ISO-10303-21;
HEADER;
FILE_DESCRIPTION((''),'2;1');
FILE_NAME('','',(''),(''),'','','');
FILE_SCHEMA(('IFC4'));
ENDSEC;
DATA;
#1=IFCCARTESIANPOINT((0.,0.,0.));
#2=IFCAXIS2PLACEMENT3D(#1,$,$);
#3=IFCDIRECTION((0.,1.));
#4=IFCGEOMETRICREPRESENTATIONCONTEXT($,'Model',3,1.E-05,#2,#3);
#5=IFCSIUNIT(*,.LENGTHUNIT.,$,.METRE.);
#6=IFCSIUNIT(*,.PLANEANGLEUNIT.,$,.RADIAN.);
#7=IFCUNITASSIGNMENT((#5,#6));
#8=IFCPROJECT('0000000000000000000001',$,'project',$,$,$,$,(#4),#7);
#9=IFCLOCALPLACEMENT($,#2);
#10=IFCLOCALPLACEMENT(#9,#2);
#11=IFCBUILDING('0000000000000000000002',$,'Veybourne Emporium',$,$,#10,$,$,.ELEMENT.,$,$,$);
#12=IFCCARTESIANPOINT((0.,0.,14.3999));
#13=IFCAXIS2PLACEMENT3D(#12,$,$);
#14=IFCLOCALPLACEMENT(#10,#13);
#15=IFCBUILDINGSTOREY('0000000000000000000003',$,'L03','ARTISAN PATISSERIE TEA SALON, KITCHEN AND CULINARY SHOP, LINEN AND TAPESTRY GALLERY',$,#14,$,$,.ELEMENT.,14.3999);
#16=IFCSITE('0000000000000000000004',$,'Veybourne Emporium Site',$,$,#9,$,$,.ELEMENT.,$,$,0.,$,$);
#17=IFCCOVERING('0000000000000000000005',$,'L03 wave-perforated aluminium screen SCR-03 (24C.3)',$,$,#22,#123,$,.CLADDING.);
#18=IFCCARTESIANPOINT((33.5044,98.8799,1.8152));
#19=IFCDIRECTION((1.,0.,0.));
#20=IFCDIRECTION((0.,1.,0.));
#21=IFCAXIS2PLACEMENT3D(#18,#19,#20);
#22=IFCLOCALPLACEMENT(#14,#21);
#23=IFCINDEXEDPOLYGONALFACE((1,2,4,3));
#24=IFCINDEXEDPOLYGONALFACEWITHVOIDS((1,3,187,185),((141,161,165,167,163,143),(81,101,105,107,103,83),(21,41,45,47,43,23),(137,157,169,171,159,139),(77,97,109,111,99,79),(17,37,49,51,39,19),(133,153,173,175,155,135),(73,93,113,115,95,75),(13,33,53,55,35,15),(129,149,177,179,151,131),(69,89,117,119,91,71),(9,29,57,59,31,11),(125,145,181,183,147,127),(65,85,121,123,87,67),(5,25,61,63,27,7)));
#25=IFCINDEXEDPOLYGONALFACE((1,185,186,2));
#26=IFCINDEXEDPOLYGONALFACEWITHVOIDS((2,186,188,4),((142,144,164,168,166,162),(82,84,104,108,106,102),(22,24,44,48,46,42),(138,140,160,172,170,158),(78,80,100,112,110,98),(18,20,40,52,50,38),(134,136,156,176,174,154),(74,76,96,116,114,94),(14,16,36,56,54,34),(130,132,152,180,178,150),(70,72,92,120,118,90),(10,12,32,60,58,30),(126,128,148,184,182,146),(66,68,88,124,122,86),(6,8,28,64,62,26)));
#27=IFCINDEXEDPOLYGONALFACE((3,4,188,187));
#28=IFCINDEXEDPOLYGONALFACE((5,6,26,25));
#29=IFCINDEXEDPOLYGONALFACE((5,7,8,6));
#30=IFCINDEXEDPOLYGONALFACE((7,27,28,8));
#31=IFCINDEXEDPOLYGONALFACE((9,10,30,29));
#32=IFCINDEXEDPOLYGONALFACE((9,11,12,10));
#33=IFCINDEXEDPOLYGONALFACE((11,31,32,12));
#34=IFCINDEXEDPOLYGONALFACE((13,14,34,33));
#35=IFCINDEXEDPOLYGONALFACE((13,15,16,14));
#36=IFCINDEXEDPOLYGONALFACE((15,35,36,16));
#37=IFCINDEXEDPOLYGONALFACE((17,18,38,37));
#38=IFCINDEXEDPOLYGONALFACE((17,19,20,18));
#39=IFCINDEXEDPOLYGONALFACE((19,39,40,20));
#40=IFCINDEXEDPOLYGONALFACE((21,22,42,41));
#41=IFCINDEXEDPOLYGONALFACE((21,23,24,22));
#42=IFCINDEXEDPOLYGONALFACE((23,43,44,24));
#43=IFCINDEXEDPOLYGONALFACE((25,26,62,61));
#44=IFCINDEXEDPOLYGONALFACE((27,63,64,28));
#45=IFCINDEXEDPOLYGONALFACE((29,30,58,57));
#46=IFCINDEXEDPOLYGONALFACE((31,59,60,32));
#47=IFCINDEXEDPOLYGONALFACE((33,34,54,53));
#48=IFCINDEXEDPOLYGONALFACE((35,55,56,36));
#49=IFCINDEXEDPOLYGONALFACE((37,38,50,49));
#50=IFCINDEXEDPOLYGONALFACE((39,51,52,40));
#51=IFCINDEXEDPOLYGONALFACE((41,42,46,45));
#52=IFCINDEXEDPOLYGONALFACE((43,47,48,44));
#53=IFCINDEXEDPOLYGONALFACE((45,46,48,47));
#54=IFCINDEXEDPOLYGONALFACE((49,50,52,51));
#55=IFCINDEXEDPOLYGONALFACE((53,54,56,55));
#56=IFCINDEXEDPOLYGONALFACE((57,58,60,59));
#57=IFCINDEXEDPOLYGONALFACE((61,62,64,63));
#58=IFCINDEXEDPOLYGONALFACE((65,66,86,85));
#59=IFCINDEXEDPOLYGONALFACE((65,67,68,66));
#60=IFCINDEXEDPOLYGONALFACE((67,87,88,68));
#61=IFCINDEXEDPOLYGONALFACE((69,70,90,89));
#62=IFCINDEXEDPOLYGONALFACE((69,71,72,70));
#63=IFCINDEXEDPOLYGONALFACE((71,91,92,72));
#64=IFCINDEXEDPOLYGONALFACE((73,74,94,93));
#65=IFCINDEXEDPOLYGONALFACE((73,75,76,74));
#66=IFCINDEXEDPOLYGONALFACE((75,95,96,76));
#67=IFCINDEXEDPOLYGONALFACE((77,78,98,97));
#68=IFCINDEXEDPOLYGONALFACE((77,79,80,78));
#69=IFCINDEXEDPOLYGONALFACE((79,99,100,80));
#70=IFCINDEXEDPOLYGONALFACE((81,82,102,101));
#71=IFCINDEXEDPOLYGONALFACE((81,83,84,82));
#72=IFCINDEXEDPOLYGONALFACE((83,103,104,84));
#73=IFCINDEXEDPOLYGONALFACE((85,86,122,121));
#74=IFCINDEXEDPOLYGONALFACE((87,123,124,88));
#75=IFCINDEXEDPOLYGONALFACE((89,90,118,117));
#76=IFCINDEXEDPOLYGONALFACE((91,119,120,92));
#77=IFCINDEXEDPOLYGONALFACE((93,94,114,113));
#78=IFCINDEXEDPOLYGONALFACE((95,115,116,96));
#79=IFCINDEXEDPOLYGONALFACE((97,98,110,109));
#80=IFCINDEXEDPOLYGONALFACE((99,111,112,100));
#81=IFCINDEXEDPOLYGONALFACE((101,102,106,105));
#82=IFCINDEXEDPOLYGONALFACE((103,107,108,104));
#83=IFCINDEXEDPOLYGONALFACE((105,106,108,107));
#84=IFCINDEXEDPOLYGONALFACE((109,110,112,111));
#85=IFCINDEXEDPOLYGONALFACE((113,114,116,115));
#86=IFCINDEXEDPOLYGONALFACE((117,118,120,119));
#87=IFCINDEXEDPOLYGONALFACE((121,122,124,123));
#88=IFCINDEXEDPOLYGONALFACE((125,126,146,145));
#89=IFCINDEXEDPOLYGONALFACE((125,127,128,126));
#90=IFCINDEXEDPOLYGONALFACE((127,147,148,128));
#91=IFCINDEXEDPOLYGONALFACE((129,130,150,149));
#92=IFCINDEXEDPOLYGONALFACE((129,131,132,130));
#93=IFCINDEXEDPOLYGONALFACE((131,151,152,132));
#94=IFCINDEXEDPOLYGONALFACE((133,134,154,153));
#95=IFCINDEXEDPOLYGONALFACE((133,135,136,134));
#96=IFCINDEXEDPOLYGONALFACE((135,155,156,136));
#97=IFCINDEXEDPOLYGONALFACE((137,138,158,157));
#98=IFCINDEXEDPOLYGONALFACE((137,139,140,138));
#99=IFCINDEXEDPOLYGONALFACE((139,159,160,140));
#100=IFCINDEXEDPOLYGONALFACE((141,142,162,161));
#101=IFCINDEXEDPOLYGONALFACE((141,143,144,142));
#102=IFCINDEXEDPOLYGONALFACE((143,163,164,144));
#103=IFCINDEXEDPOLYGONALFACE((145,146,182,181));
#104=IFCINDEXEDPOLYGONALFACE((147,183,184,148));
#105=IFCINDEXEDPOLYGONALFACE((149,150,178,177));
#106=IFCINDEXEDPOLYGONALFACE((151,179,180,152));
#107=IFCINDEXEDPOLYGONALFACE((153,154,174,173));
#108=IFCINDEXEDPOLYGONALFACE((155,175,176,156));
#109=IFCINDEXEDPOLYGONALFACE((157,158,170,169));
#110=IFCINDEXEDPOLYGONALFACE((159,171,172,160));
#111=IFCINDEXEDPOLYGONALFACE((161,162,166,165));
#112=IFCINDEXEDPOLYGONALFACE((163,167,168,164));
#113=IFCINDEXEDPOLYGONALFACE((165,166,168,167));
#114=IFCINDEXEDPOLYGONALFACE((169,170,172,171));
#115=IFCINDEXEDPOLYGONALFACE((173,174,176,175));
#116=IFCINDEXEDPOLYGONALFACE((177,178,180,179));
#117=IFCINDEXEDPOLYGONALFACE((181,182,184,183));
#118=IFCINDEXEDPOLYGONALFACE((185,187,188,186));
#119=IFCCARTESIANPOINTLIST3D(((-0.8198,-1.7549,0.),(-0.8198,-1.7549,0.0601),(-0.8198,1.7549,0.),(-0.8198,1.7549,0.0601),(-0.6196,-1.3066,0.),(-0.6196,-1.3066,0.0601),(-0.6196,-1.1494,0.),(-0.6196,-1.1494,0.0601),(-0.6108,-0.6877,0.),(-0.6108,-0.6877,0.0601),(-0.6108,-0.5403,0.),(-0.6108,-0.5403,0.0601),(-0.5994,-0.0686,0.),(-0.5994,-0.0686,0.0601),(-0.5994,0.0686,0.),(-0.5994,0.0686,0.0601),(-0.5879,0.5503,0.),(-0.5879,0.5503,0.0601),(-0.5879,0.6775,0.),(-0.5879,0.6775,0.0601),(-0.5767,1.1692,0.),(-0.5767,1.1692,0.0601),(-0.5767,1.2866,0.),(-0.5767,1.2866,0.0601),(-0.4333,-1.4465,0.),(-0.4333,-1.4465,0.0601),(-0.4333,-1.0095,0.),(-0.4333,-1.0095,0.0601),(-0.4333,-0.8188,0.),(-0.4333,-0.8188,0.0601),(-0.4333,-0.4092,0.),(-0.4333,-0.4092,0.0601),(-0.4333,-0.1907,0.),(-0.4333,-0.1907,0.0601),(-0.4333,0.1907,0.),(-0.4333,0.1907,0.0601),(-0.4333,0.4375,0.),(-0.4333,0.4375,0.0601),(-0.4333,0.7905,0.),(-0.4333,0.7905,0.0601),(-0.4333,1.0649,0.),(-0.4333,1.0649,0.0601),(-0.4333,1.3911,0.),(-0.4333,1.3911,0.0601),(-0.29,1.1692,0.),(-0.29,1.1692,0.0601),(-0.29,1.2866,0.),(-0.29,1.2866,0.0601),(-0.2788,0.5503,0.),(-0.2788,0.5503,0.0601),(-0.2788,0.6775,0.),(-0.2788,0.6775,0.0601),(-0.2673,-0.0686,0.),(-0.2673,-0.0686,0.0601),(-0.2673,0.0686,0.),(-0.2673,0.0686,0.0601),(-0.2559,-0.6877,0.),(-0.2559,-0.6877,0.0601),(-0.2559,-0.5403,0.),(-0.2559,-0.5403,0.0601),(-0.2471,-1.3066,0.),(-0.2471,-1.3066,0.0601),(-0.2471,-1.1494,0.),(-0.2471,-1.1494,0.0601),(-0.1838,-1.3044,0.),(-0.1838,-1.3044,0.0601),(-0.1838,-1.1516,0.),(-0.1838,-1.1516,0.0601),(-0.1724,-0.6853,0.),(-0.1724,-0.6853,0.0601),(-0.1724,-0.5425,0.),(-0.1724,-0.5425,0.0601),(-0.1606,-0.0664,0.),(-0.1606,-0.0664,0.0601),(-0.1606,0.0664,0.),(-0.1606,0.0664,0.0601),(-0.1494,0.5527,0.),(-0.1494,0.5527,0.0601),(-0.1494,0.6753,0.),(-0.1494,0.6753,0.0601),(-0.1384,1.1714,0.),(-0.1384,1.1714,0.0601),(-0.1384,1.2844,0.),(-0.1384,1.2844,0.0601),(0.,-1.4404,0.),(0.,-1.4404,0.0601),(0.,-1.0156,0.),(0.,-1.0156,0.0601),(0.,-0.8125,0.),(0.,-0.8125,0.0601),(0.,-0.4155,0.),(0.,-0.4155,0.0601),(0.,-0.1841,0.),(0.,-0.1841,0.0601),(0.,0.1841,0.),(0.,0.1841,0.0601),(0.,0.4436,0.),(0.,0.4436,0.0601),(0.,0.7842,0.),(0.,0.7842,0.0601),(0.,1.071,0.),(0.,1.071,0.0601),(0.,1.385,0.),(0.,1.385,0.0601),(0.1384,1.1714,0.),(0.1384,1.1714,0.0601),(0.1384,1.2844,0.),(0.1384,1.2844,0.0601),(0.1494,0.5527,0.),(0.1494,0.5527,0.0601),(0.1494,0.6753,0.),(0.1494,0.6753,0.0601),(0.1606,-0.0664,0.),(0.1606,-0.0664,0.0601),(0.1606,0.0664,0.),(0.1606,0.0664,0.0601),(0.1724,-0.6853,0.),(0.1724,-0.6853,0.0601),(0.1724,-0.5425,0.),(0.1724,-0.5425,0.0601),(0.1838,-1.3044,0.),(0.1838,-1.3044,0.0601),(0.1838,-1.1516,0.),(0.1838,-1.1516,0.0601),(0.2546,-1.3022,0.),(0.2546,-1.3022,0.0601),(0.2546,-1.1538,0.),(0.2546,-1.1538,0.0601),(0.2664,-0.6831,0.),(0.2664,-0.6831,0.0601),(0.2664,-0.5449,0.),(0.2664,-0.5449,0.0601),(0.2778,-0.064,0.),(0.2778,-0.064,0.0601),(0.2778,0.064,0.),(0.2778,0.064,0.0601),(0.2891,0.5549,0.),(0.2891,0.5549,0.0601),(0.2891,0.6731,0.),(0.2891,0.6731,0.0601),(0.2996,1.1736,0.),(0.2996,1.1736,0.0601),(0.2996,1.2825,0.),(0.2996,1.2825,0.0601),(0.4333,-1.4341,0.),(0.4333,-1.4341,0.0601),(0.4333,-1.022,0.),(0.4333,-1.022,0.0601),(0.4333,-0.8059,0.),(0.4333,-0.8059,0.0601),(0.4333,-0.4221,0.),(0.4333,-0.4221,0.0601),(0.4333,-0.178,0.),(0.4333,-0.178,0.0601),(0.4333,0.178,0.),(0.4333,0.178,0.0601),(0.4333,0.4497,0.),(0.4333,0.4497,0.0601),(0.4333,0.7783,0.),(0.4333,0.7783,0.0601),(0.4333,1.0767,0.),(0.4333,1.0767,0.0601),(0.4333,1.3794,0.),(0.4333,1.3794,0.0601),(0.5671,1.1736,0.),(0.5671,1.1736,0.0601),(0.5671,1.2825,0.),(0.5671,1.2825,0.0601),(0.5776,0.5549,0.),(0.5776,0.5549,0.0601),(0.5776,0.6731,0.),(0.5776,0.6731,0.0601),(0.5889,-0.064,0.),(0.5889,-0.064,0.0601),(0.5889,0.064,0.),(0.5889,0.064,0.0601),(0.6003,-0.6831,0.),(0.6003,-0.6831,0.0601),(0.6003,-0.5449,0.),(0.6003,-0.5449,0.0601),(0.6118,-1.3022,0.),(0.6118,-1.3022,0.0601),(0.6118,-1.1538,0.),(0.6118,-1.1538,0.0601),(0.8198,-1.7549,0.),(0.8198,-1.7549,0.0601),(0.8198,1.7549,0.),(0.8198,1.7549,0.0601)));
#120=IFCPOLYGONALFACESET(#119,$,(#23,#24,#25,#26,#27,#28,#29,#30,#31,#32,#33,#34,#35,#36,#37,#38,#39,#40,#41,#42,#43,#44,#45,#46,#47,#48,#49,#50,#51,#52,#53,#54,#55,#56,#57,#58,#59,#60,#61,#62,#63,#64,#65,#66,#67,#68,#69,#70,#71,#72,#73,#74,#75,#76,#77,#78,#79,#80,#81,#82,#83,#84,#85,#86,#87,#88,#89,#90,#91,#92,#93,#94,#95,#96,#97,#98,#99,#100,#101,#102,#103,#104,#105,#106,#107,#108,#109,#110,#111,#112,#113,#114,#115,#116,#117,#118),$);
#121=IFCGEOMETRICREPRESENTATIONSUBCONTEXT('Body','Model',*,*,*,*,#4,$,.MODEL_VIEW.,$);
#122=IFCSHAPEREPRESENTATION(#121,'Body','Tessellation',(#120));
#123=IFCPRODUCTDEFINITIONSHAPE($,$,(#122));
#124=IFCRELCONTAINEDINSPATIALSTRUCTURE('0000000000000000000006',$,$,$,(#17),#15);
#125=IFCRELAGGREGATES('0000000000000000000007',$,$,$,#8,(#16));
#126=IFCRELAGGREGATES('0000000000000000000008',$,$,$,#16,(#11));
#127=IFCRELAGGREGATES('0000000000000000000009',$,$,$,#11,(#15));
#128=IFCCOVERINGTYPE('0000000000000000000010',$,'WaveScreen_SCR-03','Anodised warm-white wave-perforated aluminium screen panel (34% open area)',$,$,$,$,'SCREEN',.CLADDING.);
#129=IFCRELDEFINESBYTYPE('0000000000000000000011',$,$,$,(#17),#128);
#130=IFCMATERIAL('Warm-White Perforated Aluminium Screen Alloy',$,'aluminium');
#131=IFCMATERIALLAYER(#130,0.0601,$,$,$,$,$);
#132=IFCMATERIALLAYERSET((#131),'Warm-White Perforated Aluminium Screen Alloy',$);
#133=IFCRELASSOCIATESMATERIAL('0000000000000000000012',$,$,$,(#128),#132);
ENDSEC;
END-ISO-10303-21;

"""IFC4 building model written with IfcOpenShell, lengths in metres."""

from ifc_helpers import new_model, si_unit, direction, frame, origin, place, context, subcontext, project, spatial, polyline, outline, extrude, material, layer, layer_set, type_object, element, save


model = new_model("IFC4")

# Units and contexts
model_context = context("Model", 3, precision=1e-05, world=origin(), true_north=direction((0.0, 1.0)))
body_context = subcontext(model_context, "Body", "Model", "MODEL_VIEW")
ifc_project = project(units=[si_unit("LENGTHUNIT", "METRE"), si_unit("PLANEANGLEUNIT", "RADIAN")], contexts=[model_context])

# Site, building, storey
site_placement = place(None, origin())
site = spatial("IfcSite", under=ifc_project, at=site_placement, Name="Veybourne Emporium Site", CompositionType="ELEMENT", RefElevation=0.0)
building_placement = place(site_placement, origin())
building = spatial("IfcBuilding", under=site, at=building_placement, Name="Veybourne Emporium", CompositionType="ELEMENT")
storey_placement = place(building_placement, frame((0.0, 0.0, 14.3999)))
storey = spatial("IfcBuildingStorey", under=building, at=storey_placement, Name="L03", Description="ARTISAN PATISSERIE TEA SALON, KITCHEN AND CULINARY SHOP, LINEN AND TAPESTRY GALLERY", CompositionType="ELEMENT", Elevation=14.3999)

# Covering
ifc_material_1 = material(Name="Warm-White Perforated Aluminium Screen Alloy", Category="aluminium")
ifc_layer_1 = layer(ifc_material_1, 0.0601)
ifc_layer_set_1 = layer_set([ifc_layer_1], Name="Warm-White Perforated Aluminium Screen Alloy")
covering_type_1 = type_object("IfcCoveringType", Name="WaveScreen_SCR-03", Description="Anodised warm-white wave-perforated aluminium screen panel (34% open area)", ElementType="SCREEN", PredefinedType="CLADDING", material=ifc_layer_set_1)
covering_1_placement = place(storey_placement, frame((33.5044, 98.8799, 1.8152), z_axis=(1.0, 0.0, 0.0), x_axis=(0.0, 1.0, 0.0)))
element("IfcCovering", 1, at=covering_1_placement, inside=storey, type_object=covering_type_1, Name="L03 wave-perforated aluminium screen SCR-03 (24C.3)", PredefinedType="CLADDING", context=body_context, shape_type="SweptSolid", body=[
    extrude(outline(polyline([(-0.8198, -1.7549), (0.8198, -1.7549), (0.8198, 1.7549), (-0.8198, 1.7549), (-0.8198, -1.7549)]), holes=[polyline([(-0.4333, -1.0095), (-0.2471, -1.1494), (-0.2471, -1.3066), (-0.4333, -1.4465), (-0.6196, -1.3066), (-0.6196, -1.1494), (-0.4333, -1.0095)]), polyline([(-0.4333, -0.4092), (-0.2559, -0.5403), (-0.2559, -0.6877), (-0.4333, -0.8188), (-0.6108, -0.6877), (-0.6108, -0.5403), (-0.4333, -0.4092)]), polyline([(-0.4333, 0.1907), (-0.2673, 0.0686), (-0.2673, -0.0686), (-0.4333, -0.1907), (-0.5994, -0.0686), (-0.5994, 0.0686), (-0.4333, 0.1907)]), polyline([(-0.4333, 0.7905), (-0.2788, 0.6775), (-0.2788, 0.5503), (-0.4333, 0.4375), (-0.5879, 0.5503), (-0.5879, 0.6775), (-0.4333, 0.7905)]), polyline([(-0.4333, 1.3911), (-0.29, 1.2866), (-0.29, 1.1692), (-0.4333, 1.0649), (-0.5767, 1.1692), (-0.5767, 1.2866), (-0.4333, 1.3911)]), polyline([(0.0, -1.0156), (0.1838, -1.1516), (0.1838, -1.3044), (0.0, -1.4404), (-0.1838, -1.3044), (-0.1838, -1.1516), (0.0, -1.0156)]), polyline([(0.0, -0.4155), (0.1724, -0.5425), (0.1724, -0.6853), (0.0, -0.8125), (-0.1724, -0.6853), (-0.1724, -0.5425), (0.0, -0.4155)]), polyline([(0.0, 0.1841), (0.1606, 0.0664), (0.1606, -0.0664), (0.0, -0.1841), (-0.1606, -0.0664), (-0.1606, 0.0664), (0.0, 0.1841)]), polyline([(0.0, 0.7842), (0.1494, 0.6753), (0.1494, 0.5527), (0.0, 0.4436), (-0.1494, 0.5527), (-0.1494, 0.6753), (0.0, 0.7842)]), polyline([(0.0, 1.385), (0.1384, 1.2844), (0.1384, 1.1714), (0.0, 1.071), (-0.1384, 1.1714), (-0.1384, 1.2844), (0.0, 1.385)]), polyline([(0.4333, -1.022), (0.6118, -1.1538), (0.6118, -1.3022), (0.4333, -1.4341), (0.2546, -1.3022), (0.2546, -1.1538), (0.4333, -1.022)]), polyline([(0.4333, -0.4221), (0.6003, -0.5449), (0.6003, -0.6831), (0.4333, -0.8059), (0.2664, -0.6831), (0.2664, -0.5449), (0.4333, -0.4221)]), polyline([(0.4333, 0.178), (0.5889, 0.064), (0.5889, -0.064), (0.4333, -0.178), (0.2778, -0.064), (0.2778, 0.064), (0.4333, 0.178)]), polyline([(0.4333, 0.7783), (0.5776, 0.6731), (0.5776, 0.5549), (0.4333, 0.4497), (0.2891, 0.5549), (0.2891, 0.6731), (0.4333, 0.7783)]), polyline([(0.4333, 1.3794), (0.5671, 1.2825), (0.5671, 1.1736), (0.4333, 1.0767), (0.2996, 1.1736), (0.2996, 1.2825), (0.4333, 1.3794)])]), origin(), (0.0, 0.0, 1.0), 0.0601),
])

save(model, "model.ifc")
